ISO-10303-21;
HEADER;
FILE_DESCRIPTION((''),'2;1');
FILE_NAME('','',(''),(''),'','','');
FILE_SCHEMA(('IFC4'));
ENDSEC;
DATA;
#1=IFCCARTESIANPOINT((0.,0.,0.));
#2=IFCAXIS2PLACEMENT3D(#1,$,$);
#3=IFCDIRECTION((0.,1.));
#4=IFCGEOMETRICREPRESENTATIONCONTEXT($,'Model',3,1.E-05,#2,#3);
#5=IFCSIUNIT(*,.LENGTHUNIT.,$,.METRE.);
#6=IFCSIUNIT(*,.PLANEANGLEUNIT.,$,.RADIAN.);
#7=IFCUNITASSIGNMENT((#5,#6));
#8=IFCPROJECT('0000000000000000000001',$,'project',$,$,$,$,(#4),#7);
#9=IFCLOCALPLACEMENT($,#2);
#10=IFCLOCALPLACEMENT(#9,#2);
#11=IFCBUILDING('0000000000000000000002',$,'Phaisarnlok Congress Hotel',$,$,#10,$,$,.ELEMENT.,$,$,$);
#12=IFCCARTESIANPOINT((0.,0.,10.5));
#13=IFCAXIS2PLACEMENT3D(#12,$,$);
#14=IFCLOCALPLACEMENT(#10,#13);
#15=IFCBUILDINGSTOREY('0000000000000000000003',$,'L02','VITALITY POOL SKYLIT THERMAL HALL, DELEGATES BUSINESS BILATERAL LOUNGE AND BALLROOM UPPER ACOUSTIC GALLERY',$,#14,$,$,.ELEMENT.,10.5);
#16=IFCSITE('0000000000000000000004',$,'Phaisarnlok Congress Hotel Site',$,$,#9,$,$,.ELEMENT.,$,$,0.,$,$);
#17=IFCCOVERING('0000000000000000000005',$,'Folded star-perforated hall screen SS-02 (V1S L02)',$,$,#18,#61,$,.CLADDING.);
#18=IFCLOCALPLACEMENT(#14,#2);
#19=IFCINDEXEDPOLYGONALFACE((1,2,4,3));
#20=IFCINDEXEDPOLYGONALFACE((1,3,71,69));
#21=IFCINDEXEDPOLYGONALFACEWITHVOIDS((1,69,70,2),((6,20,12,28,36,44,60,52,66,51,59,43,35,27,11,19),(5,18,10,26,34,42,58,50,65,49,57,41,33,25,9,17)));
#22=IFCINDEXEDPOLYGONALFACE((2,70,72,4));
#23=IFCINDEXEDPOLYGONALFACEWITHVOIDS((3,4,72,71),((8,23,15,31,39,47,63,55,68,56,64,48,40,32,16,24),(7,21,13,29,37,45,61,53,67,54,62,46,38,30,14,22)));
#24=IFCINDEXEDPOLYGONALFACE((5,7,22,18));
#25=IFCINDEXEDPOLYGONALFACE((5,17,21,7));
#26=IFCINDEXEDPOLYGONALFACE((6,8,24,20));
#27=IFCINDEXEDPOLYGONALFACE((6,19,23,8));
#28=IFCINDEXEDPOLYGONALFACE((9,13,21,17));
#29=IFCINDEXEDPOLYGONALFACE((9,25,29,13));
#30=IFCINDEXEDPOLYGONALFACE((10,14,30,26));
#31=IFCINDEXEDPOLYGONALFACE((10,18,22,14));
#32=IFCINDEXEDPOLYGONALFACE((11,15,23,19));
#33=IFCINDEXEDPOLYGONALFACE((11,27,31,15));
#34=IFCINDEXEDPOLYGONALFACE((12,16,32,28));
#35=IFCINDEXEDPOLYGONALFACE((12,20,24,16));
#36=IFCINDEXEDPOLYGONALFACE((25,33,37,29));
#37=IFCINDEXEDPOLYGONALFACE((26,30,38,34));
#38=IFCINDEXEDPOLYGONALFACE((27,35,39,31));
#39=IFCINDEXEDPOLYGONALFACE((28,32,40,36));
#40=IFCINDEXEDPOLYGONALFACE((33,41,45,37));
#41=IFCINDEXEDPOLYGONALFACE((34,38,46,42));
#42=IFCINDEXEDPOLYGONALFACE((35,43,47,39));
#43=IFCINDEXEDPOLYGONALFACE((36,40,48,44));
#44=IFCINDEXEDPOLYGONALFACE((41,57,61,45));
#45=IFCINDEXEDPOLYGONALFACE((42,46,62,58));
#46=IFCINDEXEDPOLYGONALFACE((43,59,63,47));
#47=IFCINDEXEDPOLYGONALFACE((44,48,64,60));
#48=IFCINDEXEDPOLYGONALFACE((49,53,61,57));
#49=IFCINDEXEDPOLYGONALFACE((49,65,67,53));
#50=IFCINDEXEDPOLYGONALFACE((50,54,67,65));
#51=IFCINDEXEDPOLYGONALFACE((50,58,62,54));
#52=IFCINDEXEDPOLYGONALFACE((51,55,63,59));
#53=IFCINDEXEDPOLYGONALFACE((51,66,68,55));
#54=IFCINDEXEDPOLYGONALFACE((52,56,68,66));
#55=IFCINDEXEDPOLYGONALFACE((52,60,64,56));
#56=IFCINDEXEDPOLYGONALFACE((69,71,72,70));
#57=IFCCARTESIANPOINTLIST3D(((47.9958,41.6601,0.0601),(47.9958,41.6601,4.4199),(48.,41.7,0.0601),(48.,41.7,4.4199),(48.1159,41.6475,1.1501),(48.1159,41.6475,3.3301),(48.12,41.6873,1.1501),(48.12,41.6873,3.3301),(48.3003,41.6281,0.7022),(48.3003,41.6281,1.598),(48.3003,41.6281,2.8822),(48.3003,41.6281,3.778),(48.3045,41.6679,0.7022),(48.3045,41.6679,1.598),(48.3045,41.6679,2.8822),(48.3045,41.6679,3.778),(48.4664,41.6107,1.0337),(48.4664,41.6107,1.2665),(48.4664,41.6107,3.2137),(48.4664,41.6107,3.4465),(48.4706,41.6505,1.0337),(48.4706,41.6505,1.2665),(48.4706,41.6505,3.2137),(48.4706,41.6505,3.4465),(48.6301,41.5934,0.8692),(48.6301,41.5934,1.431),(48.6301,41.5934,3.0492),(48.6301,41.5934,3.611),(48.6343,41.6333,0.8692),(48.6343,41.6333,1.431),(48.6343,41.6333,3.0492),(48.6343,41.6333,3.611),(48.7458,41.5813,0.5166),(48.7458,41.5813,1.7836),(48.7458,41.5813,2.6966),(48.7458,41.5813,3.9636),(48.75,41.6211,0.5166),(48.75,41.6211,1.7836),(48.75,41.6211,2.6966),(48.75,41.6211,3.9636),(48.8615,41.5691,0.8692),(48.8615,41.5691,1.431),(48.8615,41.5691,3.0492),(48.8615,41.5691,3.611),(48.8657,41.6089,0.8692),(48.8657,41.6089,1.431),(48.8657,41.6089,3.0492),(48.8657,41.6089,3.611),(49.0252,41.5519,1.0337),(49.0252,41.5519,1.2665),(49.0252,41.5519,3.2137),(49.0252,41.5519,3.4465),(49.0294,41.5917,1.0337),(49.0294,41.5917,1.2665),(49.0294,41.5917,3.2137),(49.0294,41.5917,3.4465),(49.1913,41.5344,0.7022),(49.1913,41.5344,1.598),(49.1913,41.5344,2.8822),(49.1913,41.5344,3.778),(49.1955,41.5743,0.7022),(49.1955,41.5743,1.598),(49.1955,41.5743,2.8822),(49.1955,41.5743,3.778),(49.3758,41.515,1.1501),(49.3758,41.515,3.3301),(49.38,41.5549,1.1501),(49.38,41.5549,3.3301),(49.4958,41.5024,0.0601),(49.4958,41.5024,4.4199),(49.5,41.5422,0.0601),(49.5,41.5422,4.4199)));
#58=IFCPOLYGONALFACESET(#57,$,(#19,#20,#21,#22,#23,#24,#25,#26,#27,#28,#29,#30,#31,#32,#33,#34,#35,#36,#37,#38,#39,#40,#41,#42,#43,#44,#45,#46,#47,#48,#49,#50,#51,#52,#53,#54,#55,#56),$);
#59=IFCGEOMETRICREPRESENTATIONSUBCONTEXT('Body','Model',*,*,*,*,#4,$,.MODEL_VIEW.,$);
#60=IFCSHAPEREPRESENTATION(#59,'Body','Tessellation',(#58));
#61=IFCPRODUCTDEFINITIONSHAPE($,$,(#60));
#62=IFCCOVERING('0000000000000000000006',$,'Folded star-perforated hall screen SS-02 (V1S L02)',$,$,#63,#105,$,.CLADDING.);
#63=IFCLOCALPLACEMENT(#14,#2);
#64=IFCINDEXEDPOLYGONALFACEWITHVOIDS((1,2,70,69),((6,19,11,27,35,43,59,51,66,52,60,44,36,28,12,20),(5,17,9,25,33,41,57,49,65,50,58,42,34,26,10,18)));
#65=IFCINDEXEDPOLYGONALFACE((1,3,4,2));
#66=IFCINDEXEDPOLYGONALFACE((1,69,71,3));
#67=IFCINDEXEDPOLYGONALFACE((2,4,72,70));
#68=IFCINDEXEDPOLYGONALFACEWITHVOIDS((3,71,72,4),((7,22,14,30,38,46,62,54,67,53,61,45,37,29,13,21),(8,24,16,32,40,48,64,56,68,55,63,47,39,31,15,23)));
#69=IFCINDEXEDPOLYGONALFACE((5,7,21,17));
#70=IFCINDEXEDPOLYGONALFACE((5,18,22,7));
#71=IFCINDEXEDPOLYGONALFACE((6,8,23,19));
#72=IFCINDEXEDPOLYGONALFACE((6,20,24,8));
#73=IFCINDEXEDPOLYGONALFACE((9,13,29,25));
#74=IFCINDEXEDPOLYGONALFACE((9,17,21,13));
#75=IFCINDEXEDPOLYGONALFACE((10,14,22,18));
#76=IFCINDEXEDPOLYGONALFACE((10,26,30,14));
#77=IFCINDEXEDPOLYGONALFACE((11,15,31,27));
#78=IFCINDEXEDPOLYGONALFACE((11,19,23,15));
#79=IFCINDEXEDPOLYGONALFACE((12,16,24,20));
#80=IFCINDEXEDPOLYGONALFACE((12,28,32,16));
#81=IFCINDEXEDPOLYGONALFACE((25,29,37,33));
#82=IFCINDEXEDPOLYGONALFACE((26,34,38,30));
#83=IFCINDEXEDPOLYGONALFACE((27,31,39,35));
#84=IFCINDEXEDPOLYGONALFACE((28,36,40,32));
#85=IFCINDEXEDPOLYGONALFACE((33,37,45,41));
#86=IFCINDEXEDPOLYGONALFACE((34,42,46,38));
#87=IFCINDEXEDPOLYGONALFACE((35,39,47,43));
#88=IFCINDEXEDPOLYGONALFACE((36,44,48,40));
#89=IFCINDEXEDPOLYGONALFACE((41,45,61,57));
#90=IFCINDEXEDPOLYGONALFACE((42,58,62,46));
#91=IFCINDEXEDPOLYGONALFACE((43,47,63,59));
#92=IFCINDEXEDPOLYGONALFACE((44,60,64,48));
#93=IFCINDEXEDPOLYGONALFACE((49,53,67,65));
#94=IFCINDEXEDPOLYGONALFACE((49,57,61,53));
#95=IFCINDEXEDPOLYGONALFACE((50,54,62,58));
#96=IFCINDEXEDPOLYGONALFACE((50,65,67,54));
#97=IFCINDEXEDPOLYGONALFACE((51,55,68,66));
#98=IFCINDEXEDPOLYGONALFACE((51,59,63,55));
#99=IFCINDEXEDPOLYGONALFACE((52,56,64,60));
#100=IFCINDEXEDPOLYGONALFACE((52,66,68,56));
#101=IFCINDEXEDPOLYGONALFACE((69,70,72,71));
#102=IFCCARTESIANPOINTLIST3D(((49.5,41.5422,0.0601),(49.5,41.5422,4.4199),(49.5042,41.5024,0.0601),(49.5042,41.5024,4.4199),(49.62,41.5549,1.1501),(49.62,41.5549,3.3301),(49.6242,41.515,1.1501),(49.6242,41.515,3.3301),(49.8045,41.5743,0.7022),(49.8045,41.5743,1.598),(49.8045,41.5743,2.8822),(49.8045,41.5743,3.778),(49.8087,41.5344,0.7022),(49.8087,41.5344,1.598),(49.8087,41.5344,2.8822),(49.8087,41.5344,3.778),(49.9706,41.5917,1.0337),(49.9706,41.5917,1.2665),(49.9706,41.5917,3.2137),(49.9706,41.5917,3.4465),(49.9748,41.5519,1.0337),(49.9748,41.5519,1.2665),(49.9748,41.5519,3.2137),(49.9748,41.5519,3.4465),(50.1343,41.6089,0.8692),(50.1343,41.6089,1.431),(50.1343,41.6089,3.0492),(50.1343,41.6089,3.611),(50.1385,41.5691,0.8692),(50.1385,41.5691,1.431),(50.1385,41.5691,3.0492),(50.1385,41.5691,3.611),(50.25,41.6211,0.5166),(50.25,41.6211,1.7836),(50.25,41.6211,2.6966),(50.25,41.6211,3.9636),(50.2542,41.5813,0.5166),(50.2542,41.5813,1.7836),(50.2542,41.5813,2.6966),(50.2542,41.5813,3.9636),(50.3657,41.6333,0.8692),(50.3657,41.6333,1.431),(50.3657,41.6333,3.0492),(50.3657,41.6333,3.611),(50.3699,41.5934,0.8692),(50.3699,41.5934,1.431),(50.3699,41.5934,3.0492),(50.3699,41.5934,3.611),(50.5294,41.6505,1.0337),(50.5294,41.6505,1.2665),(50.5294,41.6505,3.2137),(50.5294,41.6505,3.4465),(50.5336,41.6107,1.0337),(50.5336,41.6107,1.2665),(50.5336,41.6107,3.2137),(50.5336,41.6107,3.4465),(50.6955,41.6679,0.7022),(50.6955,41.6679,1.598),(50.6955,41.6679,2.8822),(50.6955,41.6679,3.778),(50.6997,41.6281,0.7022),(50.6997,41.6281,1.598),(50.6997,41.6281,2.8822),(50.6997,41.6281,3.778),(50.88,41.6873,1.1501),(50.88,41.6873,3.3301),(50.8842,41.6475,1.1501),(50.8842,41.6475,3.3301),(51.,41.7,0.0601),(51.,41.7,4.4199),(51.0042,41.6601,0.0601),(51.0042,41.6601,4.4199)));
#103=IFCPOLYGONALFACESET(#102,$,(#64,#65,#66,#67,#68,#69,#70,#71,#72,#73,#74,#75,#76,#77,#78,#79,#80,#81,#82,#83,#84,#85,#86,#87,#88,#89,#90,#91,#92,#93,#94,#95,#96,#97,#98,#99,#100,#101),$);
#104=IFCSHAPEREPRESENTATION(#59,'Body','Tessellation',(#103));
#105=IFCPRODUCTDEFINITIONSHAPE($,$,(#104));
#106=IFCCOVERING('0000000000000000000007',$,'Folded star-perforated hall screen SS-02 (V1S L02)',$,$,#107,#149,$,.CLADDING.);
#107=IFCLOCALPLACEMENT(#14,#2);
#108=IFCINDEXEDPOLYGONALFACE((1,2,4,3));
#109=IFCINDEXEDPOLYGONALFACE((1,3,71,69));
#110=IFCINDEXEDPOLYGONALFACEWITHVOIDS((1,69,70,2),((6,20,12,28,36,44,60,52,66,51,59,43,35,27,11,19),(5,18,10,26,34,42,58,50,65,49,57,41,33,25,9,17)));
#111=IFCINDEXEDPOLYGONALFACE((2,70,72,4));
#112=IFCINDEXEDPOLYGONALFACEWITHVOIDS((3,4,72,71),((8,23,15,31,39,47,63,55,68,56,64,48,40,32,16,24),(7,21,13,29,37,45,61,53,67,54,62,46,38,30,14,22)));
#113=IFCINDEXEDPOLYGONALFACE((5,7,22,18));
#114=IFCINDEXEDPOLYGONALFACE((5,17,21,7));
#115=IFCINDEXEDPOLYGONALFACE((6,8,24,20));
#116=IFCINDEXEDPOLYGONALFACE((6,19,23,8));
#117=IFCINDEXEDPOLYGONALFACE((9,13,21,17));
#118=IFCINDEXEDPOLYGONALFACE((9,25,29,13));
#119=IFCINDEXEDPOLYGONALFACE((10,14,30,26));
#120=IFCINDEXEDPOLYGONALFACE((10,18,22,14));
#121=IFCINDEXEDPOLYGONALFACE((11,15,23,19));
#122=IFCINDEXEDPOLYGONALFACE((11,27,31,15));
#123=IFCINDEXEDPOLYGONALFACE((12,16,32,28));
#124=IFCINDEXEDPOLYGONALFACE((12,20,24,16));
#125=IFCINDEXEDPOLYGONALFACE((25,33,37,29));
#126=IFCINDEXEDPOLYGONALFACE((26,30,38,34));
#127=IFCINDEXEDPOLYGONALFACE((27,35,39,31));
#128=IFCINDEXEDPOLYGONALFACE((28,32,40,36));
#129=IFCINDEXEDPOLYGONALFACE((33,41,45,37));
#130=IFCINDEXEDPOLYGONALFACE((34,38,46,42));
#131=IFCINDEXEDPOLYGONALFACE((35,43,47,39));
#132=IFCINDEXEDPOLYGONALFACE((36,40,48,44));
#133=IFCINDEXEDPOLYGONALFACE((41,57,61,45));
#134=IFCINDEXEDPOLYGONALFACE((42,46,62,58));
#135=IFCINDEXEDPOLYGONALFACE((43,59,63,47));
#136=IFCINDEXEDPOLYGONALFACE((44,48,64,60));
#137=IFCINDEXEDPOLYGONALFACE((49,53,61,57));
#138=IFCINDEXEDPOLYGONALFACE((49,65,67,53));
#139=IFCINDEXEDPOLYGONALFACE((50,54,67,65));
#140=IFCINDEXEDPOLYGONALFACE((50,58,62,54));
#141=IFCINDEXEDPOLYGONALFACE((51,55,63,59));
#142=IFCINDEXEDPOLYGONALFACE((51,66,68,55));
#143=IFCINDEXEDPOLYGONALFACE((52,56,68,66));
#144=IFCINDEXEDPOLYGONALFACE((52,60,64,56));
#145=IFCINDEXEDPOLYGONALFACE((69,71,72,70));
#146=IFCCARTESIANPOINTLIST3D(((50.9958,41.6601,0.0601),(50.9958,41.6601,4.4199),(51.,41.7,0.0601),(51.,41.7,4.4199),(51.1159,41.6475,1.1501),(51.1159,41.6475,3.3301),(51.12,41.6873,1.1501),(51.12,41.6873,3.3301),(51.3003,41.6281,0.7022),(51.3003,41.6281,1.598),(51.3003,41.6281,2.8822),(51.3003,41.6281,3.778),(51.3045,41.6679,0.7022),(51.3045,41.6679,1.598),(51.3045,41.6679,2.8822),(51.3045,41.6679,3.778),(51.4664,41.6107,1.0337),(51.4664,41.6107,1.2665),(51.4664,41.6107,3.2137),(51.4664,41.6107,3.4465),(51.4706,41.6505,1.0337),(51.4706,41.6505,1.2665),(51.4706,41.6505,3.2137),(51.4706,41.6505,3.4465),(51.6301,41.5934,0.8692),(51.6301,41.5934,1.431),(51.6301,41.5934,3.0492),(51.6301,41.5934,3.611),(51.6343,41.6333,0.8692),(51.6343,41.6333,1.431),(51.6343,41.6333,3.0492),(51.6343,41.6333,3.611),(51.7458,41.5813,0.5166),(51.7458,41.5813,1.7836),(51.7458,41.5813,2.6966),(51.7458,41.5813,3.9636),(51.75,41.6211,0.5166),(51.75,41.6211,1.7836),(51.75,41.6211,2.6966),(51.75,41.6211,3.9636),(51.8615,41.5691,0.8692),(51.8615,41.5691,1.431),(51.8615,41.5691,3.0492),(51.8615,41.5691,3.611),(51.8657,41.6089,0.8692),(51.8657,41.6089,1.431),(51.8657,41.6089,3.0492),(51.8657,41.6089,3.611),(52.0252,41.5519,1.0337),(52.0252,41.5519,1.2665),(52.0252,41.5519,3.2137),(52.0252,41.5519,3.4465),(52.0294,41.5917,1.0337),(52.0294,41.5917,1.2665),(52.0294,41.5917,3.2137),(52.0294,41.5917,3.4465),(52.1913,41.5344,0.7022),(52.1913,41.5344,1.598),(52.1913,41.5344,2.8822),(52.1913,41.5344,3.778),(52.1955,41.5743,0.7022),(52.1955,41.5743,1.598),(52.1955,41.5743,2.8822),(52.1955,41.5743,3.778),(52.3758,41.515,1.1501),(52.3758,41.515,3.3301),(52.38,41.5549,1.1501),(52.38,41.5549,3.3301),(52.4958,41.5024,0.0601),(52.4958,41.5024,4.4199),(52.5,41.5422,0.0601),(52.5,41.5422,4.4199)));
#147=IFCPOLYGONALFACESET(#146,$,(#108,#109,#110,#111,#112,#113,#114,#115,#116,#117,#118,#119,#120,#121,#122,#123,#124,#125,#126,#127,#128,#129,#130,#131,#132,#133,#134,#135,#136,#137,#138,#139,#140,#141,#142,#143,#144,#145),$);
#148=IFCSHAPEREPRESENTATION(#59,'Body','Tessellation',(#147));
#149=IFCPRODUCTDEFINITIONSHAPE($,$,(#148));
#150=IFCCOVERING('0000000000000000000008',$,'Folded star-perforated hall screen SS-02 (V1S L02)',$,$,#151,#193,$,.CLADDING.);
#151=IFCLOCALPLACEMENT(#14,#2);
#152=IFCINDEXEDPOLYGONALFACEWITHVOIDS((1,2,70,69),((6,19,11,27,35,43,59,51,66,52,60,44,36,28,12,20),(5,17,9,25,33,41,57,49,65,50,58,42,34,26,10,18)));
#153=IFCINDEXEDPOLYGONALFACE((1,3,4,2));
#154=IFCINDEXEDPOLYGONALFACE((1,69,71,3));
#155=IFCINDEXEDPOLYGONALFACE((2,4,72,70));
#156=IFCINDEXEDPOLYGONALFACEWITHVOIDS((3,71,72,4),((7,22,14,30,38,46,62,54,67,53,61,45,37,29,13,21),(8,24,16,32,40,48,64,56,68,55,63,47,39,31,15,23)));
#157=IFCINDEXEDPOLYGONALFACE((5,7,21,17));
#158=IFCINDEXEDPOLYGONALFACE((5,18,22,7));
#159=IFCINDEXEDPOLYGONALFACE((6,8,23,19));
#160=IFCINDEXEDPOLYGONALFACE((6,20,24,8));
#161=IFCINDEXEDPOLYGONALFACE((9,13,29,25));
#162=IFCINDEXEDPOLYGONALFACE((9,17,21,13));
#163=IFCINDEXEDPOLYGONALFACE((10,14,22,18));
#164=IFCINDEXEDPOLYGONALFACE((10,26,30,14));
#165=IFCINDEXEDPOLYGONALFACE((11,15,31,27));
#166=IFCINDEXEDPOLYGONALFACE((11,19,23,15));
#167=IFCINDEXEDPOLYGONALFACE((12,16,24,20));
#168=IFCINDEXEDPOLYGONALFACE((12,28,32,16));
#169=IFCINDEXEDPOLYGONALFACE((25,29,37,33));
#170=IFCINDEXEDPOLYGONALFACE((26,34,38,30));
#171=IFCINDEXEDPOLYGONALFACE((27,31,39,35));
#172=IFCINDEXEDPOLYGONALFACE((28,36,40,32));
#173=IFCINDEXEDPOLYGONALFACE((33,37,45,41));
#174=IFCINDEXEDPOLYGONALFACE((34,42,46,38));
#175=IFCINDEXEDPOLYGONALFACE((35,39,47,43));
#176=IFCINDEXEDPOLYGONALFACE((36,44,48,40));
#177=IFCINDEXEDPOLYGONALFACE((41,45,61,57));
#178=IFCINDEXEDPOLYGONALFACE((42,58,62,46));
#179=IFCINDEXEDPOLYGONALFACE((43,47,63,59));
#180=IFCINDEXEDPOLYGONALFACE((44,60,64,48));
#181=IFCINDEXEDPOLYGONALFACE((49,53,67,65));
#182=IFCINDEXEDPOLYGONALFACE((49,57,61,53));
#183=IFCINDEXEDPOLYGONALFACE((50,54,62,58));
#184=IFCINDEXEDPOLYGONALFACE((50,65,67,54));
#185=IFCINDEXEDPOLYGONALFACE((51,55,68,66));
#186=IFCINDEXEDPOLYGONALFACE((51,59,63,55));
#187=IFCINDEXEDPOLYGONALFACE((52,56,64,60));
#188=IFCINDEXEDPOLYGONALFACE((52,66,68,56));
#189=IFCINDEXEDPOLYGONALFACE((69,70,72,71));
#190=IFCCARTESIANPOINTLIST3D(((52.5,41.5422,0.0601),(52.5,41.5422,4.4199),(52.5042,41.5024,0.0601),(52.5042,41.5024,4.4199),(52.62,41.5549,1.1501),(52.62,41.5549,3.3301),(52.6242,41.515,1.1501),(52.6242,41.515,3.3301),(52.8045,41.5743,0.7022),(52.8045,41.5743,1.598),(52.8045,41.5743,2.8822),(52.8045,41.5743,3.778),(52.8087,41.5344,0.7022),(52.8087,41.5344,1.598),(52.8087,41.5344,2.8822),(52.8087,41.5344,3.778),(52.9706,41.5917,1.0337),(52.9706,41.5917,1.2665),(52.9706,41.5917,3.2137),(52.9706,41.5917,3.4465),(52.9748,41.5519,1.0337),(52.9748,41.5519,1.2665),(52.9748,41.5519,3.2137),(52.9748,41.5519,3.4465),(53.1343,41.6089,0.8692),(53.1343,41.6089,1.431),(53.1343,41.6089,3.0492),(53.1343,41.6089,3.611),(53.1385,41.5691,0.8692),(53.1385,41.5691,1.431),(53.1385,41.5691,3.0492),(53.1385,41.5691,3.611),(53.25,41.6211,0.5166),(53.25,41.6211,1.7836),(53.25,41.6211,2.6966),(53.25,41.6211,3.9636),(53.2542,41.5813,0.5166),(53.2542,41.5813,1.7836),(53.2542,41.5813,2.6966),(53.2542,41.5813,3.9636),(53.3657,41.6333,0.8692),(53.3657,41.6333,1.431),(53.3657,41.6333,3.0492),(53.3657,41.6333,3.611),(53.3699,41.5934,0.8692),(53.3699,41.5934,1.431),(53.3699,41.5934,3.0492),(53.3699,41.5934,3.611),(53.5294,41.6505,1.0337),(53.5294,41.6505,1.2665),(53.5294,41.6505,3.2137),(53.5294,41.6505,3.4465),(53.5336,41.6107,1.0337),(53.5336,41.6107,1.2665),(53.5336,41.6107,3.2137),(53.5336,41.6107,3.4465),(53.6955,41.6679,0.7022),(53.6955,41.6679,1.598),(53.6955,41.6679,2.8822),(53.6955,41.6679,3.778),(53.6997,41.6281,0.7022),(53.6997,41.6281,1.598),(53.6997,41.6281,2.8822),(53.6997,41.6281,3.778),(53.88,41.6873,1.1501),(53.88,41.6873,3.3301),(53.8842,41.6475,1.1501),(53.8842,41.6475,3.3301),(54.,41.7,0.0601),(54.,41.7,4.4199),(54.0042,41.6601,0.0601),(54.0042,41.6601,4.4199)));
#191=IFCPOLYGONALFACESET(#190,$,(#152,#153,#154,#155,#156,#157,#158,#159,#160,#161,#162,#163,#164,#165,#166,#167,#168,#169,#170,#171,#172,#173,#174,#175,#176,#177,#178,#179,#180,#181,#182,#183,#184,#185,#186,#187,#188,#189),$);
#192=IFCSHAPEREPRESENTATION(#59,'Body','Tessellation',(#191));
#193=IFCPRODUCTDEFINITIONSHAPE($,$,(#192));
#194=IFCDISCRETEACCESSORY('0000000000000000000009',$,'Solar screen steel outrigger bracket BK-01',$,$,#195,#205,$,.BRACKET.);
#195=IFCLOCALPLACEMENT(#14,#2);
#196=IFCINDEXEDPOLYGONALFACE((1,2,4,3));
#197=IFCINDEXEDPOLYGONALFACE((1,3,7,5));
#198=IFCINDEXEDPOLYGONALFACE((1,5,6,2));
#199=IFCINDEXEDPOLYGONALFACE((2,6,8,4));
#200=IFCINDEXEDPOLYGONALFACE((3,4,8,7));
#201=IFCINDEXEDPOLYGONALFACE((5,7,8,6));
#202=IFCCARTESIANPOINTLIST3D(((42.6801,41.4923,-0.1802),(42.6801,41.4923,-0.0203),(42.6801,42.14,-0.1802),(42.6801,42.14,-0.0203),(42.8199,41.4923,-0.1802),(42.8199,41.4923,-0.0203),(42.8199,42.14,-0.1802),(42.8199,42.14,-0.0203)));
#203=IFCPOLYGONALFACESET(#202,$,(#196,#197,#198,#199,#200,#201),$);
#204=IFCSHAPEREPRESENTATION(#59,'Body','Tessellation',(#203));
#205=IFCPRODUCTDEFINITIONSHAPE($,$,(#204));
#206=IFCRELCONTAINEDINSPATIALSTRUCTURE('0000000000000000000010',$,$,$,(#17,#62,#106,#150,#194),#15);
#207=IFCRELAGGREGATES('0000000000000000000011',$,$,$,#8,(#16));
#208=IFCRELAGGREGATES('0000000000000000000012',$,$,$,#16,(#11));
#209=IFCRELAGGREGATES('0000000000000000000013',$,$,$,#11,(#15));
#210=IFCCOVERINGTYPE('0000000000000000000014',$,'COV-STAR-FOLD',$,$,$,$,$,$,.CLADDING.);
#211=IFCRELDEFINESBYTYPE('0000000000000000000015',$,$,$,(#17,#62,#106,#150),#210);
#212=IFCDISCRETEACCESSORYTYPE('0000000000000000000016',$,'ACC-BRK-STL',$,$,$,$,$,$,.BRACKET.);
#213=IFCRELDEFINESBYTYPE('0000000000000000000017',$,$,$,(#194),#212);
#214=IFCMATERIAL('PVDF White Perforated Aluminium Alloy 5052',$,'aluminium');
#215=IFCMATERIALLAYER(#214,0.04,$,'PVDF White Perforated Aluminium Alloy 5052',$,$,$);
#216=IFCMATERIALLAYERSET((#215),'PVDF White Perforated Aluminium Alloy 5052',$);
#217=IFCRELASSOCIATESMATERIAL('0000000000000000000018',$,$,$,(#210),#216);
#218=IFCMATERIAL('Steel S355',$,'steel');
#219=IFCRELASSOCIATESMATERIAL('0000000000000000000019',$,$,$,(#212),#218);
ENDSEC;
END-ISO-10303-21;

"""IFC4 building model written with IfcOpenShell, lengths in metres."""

from ifc_helpers import new_model, si_unit, direction, frame, origin, origin_2d, place, context, subcontext, project, spatial, polyline, rectangle, outline, extrude, material, layer, layer_set, type_object, element, save


model = new_model("IFC4")

# Units and contexts
model_context = context("Model", 3, precision=1e-05, world=origin(), true_north=direction((0.0, 1.0)))
body_context = subcontext(model_context, "Body", "Model", "MODEL_VIEW")
ifc_project = project(units=[si_unit("LENGTHUNIT", "METRE"), si_unit("PLANEANGLEUNIT", "RADIAN")], contexts=[model_context])

# Site, building, storey
site_placement = place(None, origin())
site = spatial("IfcSite", under=ifc_project, at=site_placement, Name="Phaisarnlok Congress Hotel Site", CompositionType="ELEMENT", RefElevation=0.0)
building_placement = place(site_placement, origin())
building = spatial("IfcBuilding", under=site, at=building_placement, Name="Phaisarnlok Congress Hotel", CompositionType="ELEMENT")
storey_placement = place(building_placement, frame((0.0, 0.0, 10.5)))
storey = spatial("IfcBuildingStorey", under=building, at=storey_placement, Name="L02", Description="VITALITY POOL SKYLIT THERMAL HALL, DELEGATES BUSINESS BILATERAL LOUNGE AND BALLROOM UPPER ACOUSTIC GALLERY", CompositionType="ELEMENT", Elevation=10.5)

# Coverings
ifc_material_1 = material(Name="PVDF White Perforated Aluminium Alloy 5052", Category="aluminium")
ifc_layer = layer(ifc_material_1, 0.04, Name="PVDF White Perforated Aluminium Alloy 5052")
ifc_layer_set = layer_set([ifc_layer], Name="PVDF White Perforated Aluminium Alloy 5052")
covering_type = type_object("IfcCoveringType", Name="COV-STAR-FOLD", PredefinedType="CLADDING", material=ifc_layer_set)
for number, where, z_axis, x_axis, name in (
    (1, (48.0, 41.7, 0.0601), (-0.104567, -0.994518, 0.0), (0.994518, -0.104567, 0.0), "Folded star-perforated hall screen SS-02 (V1S L02)"),
    (2, (49.5, 41.5422, 0.0601), (0.104567, -0.994518, 0.0), (0.994518, 0.104567, 0.0), "Folded star-perforated hall screen SS-02 (V1S L02)"),
    (3, (51.0, 41.7, 0.0601), (-0.104567, -0.994518, 0.0), (0.994518, -0.104567, 0.0), "Folded star-perforated hall screen SS-02 (V1S L02)"),
    (4, (52.5, 41.5422, 0.0601), (0.104567, -0.994518, 0.0), (0.994518, 0.104567, 0.0), "Folded star-perforated hall screen SS-02 (V1S L02)"),
):
    element("IfcCovering", number, at=place(storey_placement, frame(where, z_axis=z_axis, x_axis=x_axis)), inside=storey, type_object=covering_type, Name=name, PredefinedType="CLADDING", context=body_context, shape_type="SweptSolid", body=[
        extrude(outline(polyline([(0.0, 0.0), (1.5083, 0.0), (1.5083, 4.3599), (0.0, 4.3599), (0.0, 0.0)]), holes=[polyline([(1.0351, 0.9736), (1.2021, 0.6421), (0.8705, 0.8091), (0.7541, 0.4565), (0.6378, 0.8091), (0.3062, 0.6421), (0.4732, 0.9736), (0.1207, 1.09), (0.4732, 1.2064), (0.3062, 1.5379), (0.6378, 1.3709), (0.7541, 1.7235), (0.8705, 1.3709), (1.2021, 1.5379), (1.0351, 1.2064), (1.3876, 1.09), (1.0351, 0.9736)]), polyline([(1.0351, 3.1536), (1.2021, 2.8221), (0.8705, 2.9891), (0.7541, 2.6365), (0.6378, 2.9891), (0.3062, 2.8221), (0.4732, 3.1536), (0.1207, 3.27), (0.4732, 3.3864), (0.3062, 3.7179), (0.6378, 3.5509), (0.7541, 3.9035), (0.8705, 3.5509), (1.2021, 3.7179), (1.0351, 3.3864), (1.3876, 3.27), (1.0351, 3.1536)])]), origin(), (0.0, 0.0, 1.0), 0.04),
    ])

# Discrete accessory
ifc_material_2 = material(Name="Steel S355", Category="steel")
discrete_accessory_type = type_object("IfcDiscreteAccessoryType", Name="ACC-BRK-STL", PredefinedType="BRACKET", material=ifc_material_2)
for number, where, z_axis, x_axis, name in (
    (5, (42.75, 41.8162, -0.1802), (0.0, 0.0, 1.0), (1.0, 0.0, 0.0), "Solar screen steel outrigger bracket BK-01"),
):
    element("IfcDiscreteAccessory", number, at=place(storey_placement, frame(where, z_axis=z_axis, x_axis=x_axis)), inside=storey, type_object=discrete_accessory_type, Name=name, PredefinedType="BRACKET", context=body_context, shape_type="SweptSolid", body=[
        extrude(rectangle(XDim=0.1399, YDim=0.6477, at=origin_2d()), origin(), (0.0, 0.0, 1.0), 0.1599),
    ])

save(model, "model.ifc")
